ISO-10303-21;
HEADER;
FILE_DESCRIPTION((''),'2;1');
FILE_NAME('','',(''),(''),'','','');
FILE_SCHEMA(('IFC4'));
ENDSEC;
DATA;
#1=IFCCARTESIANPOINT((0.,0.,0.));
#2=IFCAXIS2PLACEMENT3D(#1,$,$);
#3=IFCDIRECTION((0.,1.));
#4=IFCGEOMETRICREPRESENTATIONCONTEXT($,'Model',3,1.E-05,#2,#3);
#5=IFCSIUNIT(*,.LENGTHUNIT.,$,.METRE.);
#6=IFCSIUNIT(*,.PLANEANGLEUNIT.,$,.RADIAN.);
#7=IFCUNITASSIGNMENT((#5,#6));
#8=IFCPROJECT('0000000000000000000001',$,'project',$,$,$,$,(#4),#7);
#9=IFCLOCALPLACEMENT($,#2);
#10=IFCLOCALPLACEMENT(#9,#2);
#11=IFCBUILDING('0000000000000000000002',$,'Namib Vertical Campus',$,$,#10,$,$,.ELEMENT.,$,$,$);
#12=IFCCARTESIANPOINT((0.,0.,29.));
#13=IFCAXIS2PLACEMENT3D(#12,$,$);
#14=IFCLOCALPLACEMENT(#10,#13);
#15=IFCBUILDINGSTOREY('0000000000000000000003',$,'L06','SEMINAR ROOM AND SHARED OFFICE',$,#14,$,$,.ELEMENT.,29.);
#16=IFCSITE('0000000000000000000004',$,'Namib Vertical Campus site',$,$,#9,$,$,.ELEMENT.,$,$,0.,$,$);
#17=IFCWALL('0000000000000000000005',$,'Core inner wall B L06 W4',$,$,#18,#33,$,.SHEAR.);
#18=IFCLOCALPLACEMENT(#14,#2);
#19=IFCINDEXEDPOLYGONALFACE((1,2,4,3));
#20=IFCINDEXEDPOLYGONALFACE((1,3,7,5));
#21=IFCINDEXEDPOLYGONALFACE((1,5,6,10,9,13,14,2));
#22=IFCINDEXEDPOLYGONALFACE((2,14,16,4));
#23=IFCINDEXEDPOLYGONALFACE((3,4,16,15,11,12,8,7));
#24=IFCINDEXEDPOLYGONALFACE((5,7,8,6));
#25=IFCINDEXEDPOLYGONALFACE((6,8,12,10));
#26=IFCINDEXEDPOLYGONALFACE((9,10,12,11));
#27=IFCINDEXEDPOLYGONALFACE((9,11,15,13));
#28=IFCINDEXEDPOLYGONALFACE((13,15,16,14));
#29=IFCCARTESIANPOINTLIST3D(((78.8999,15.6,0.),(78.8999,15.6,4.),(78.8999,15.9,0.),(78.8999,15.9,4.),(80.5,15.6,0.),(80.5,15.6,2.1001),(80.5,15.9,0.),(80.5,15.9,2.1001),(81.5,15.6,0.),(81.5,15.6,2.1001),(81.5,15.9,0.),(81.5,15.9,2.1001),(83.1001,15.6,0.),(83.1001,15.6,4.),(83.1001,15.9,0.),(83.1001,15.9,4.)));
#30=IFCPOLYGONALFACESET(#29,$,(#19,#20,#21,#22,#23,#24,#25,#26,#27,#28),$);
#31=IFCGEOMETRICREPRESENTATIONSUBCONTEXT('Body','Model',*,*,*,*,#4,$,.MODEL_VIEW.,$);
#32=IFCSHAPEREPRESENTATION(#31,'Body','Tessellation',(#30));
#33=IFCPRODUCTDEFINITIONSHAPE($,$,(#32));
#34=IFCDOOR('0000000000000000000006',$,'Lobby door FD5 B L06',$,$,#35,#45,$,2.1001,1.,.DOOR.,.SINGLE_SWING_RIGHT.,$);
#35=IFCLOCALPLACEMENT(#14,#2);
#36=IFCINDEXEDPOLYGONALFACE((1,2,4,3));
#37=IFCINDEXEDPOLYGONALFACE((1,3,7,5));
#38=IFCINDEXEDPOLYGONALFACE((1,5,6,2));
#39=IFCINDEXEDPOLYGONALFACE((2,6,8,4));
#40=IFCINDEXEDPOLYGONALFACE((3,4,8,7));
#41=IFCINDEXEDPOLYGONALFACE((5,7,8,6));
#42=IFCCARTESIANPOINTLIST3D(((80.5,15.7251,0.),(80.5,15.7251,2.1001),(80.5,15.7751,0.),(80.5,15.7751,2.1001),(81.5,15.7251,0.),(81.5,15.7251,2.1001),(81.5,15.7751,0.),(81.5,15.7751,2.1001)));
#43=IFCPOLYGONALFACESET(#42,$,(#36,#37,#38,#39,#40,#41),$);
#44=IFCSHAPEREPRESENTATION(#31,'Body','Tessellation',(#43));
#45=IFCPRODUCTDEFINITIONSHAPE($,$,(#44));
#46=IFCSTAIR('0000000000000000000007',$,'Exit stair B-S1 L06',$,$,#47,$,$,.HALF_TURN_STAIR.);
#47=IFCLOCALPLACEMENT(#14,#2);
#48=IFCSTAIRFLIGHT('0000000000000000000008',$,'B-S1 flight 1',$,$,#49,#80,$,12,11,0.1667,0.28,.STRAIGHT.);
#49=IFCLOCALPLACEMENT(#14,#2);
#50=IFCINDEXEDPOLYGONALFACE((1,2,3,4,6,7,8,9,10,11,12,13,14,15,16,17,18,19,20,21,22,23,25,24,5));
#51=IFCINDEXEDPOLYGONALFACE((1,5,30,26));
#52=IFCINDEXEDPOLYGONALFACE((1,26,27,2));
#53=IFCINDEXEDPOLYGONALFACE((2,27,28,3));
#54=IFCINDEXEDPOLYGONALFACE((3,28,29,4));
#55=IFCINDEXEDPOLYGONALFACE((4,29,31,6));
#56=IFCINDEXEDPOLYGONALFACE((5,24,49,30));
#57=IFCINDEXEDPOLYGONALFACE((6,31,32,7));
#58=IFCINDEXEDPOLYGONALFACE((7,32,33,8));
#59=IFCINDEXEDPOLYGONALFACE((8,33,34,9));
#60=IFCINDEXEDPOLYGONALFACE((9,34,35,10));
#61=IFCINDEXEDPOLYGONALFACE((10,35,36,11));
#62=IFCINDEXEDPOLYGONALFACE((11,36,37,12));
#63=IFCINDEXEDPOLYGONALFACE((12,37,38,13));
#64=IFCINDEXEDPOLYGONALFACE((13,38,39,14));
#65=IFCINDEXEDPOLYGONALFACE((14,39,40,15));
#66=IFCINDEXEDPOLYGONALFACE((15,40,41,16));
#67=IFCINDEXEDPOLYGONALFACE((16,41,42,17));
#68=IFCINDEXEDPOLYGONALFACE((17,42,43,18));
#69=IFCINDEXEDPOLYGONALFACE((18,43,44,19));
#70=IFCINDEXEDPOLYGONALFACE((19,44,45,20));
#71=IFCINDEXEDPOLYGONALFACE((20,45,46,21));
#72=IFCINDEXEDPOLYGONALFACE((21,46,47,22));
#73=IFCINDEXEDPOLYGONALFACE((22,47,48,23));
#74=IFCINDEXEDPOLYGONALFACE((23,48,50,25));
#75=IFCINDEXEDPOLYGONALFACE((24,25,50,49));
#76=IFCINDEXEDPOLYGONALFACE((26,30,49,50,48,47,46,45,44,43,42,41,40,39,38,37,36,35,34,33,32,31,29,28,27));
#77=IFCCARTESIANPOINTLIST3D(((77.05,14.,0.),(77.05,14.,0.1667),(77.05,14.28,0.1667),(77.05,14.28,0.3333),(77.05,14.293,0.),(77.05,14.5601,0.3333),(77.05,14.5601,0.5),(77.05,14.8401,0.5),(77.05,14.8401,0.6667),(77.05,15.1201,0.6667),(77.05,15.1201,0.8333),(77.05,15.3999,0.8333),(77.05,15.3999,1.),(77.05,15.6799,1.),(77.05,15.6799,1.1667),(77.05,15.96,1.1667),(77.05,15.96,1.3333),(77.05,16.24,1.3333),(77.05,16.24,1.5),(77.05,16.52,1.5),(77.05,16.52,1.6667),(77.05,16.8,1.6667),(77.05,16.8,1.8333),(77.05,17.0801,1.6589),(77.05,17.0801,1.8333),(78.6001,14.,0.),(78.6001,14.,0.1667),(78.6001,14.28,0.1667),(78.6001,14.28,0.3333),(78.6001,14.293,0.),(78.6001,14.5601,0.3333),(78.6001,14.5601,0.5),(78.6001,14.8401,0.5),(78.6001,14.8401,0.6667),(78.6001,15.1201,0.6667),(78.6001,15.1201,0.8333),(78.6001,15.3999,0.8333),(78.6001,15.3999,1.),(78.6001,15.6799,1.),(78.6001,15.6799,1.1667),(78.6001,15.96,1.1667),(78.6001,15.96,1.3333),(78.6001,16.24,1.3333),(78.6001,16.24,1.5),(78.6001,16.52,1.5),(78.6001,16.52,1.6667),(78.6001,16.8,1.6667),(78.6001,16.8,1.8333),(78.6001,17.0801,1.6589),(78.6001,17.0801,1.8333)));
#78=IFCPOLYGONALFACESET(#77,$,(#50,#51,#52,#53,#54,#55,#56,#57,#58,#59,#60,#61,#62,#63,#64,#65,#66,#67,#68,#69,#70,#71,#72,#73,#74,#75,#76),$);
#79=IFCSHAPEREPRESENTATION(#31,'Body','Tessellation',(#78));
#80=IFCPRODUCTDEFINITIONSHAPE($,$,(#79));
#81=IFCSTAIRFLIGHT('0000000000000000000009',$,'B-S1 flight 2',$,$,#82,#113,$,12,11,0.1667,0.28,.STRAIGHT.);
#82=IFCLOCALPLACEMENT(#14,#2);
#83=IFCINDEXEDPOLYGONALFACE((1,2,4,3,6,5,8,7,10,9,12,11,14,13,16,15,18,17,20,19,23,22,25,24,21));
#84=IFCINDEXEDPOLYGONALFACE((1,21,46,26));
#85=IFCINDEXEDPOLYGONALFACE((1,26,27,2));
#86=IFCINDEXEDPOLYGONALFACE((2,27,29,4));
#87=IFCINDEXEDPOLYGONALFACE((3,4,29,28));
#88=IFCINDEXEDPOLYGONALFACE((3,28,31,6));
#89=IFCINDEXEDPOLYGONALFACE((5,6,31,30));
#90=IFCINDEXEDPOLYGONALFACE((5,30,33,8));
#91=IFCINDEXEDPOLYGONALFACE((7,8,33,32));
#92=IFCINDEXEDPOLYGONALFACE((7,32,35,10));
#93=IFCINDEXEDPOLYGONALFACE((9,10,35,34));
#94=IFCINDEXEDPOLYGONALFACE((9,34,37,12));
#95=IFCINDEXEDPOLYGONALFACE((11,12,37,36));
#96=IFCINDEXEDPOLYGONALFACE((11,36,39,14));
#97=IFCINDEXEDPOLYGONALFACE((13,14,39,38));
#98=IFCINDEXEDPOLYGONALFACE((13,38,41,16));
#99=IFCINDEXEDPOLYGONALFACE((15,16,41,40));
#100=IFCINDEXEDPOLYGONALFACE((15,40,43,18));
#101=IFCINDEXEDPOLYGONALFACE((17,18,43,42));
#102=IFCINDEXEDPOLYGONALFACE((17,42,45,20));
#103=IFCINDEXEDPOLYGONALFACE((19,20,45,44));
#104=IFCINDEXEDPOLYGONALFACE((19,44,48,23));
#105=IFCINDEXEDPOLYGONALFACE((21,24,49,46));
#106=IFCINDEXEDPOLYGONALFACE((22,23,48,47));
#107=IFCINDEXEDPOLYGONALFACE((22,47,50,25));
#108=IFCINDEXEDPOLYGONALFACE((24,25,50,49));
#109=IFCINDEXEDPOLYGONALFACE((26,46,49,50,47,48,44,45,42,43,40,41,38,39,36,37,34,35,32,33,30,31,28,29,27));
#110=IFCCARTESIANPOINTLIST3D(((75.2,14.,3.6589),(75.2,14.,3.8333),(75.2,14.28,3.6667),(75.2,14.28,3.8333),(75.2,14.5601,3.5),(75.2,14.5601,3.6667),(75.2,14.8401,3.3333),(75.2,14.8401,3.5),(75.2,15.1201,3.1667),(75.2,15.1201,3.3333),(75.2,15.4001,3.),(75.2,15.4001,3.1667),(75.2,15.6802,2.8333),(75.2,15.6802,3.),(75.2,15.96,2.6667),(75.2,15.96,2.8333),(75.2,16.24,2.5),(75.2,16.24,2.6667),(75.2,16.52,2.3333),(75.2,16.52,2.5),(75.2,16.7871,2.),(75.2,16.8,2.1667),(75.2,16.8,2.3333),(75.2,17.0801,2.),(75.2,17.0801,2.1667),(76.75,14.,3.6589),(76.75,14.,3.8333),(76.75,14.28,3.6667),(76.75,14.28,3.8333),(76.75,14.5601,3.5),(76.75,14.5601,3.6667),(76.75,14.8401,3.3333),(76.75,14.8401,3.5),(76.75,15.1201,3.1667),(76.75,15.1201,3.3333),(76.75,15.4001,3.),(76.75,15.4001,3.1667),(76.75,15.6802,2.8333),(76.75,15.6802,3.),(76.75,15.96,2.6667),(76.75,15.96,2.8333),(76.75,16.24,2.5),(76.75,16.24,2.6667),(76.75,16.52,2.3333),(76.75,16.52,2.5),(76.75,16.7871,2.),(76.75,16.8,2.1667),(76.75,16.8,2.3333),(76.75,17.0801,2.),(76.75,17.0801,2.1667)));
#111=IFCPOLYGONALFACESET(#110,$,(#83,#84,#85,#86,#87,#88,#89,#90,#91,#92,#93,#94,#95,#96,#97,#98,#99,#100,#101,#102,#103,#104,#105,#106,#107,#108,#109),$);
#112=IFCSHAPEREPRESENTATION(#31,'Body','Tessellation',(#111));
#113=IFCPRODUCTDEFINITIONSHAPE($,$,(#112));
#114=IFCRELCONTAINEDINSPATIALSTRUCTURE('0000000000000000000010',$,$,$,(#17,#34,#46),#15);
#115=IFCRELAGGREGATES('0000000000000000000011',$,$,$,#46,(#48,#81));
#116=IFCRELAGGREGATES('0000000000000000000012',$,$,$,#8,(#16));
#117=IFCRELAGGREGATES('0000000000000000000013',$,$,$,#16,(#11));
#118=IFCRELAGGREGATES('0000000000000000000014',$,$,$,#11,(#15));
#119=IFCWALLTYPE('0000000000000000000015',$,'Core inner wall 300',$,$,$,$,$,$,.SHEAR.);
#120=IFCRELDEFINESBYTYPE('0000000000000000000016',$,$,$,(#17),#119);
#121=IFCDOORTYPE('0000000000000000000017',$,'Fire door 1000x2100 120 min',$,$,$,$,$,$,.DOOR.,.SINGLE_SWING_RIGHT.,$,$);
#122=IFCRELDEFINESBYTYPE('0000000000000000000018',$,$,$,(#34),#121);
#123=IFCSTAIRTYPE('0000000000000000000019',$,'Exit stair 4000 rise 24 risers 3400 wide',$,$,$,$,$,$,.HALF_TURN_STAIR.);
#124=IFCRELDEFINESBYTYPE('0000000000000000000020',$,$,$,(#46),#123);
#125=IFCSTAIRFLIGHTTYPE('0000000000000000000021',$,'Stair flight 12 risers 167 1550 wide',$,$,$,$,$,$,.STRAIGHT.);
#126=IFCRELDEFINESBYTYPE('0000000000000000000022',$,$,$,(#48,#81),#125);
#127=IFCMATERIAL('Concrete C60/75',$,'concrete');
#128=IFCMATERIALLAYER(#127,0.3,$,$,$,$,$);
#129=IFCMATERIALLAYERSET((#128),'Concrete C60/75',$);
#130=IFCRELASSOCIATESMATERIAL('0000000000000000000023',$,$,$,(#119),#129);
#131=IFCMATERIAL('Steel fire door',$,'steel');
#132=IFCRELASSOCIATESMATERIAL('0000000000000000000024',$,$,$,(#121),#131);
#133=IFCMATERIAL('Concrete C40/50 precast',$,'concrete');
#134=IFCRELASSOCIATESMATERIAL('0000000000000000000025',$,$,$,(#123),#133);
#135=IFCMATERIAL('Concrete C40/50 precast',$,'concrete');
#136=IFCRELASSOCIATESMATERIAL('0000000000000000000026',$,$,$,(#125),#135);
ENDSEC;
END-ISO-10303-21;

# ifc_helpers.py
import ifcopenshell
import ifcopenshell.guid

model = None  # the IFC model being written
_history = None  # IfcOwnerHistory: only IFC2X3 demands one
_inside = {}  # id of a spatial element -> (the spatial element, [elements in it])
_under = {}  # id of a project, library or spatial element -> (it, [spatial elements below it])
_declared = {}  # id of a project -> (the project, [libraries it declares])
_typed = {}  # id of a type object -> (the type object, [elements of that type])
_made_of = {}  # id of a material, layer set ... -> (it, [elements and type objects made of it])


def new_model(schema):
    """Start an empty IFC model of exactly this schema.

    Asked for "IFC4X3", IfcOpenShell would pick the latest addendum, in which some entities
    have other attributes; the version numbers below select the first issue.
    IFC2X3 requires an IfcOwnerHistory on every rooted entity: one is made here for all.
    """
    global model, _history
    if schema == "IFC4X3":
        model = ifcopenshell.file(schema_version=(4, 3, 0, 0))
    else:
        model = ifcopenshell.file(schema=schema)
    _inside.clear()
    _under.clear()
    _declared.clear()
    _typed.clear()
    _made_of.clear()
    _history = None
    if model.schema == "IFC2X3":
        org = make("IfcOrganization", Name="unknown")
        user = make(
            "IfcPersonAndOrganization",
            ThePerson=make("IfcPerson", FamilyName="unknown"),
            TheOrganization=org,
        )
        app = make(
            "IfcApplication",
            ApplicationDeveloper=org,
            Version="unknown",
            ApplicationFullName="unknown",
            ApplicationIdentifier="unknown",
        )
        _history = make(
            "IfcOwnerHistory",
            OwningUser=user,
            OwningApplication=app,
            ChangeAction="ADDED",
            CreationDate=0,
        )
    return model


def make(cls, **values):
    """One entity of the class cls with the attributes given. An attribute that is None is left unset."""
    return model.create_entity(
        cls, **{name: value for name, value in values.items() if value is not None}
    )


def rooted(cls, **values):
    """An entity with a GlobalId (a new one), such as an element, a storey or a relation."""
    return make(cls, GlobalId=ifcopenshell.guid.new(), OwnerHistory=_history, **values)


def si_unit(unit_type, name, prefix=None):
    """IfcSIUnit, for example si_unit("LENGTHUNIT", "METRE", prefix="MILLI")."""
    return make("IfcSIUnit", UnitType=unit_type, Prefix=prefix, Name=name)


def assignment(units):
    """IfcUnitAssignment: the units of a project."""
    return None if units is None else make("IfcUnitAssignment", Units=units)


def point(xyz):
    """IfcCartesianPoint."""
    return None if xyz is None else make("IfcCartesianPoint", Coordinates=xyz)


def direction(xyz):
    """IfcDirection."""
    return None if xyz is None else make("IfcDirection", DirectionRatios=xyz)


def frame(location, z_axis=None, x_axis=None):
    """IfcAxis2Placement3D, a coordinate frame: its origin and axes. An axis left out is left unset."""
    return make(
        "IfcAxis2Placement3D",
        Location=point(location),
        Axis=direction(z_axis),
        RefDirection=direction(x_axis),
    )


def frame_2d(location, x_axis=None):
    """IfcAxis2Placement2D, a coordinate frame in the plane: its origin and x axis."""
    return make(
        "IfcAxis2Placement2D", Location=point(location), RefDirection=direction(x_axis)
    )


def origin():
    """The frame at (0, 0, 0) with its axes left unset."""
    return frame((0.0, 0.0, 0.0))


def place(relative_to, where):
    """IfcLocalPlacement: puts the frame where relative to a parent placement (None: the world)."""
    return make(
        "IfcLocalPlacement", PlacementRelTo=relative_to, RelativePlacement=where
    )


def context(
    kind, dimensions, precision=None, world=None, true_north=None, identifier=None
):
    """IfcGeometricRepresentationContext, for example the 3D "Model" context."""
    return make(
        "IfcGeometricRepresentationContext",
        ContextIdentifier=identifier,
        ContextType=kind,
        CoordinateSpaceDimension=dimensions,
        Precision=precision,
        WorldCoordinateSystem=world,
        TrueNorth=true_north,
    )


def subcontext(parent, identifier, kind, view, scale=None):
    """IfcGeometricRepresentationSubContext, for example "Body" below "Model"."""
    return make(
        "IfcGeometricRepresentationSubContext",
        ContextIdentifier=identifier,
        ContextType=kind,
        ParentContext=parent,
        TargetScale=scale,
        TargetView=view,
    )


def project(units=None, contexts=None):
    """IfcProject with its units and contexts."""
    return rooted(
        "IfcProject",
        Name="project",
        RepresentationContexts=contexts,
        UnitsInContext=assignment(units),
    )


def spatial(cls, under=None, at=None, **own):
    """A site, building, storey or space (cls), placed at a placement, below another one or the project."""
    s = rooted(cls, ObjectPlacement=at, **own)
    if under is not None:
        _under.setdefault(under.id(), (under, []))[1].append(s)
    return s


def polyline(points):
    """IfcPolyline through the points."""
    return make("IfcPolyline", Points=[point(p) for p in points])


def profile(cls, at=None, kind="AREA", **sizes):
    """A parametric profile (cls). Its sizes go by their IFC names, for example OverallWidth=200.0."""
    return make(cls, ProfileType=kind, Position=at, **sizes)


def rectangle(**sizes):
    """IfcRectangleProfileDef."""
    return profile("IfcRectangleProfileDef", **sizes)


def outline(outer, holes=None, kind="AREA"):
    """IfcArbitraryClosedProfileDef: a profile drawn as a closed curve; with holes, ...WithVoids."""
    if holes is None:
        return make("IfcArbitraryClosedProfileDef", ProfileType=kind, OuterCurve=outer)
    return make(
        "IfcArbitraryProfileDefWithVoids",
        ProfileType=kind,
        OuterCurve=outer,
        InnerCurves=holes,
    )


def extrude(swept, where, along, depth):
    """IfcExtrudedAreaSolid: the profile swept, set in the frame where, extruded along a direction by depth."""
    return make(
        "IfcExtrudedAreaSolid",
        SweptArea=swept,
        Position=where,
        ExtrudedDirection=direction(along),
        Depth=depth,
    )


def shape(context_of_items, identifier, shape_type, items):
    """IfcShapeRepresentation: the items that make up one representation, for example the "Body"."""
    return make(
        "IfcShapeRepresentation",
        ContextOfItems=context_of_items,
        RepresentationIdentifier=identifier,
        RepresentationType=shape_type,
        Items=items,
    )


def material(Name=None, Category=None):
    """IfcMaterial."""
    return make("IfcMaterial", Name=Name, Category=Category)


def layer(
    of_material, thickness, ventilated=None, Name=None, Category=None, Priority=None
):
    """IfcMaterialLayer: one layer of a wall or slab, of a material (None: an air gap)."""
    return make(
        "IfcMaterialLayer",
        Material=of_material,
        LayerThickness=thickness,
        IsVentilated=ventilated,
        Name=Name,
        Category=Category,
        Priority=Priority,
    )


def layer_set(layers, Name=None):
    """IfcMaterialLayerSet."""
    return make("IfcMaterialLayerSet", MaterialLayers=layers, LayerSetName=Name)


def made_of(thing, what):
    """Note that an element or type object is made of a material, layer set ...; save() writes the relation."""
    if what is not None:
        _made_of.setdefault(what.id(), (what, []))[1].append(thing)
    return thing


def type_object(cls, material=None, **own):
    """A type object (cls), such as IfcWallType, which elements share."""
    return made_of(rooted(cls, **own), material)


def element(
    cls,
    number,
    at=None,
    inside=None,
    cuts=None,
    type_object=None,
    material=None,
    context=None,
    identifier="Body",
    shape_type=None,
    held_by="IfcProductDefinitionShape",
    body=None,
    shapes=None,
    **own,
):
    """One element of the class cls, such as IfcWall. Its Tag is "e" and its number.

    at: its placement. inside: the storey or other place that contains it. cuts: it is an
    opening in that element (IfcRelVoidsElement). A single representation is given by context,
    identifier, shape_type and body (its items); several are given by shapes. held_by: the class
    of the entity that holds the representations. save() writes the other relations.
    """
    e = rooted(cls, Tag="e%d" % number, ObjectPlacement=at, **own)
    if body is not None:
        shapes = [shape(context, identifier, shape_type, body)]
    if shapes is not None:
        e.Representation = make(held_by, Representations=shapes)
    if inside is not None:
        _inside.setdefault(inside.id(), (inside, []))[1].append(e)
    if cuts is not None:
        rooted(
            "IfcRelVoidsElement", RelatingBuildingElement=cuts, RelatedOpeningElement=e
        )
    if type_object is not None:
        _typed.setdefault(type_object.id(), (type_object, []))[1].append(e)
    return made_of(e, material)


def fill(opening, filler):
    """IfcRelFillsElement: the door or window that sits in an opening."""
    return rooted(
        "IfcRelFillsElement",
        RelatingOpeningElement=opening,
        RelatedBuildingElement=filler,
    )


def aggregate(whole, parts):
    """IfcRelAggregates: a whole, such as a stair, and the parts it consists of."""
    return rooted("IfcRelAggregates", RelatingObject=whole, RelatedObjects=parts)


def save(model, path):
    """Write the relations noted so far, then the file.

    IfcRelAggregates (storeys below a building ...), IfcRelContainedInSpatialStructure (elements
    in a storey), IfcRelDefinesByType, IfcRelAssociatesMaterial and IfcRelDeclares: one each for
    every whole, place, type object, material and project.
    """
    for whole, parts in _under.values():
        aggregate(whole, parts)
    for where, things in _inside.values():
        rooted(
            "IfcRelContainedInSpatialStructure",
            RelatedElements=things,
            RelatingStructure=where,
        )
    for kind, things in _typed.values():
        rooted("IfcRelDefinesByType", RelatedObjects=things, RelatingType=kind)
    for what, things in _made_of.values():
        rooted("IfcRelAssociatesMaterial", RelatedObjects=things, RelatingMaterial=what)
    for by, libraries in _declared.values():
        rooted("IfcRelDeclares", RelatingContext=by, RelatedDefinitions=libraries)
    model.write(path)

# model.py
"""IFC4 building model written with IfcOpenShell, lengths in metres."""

from ifc_helpers import new_model, si_unit, direction, frame, frame_2d, origin, place, context, subcontext, project, spatial, polyline, rectangle, outline, extrude, material, layer, layer_set, type_object, element, fill, aggregate, save


model = new_model("IFC4")

# Units and contexts
model_context = context("Model", 3, precision=1e-05, world=origin(), true_north=direction((0.0, 1.0)))
body_context = subcontext(model_context, "Body", "Model", "MODEL_VIEW")
ifc_project = project(units=[si_unit("LENGTHUNIT", "METRE"), si_unit("PLANEANGLEUNIT", "RADIAN")], contexts=[model_context])

# Site, building, storey
site_placement = place(None, origin())
site = spatial("IfcSite", under=ifc_project, at=site_placement, Name="Namib Vertical Campus site", CompositionType="ELEMENT", RefElevation=0.0)
building_placement = place(site_placement, origin())
building = spatial("IfcBuilding", under=site, at=building_placement, Name="Namib Vertical Campus", CompositionType="ELEMENT")
storey_placement = place(building_placement, frame((0.0, 0.0, 29.0)))
storey = spatial("IfcBuildingStorey", under=building, at=storey_placement, Name="L06", Description="SEMINAR ROOM AND SHARED OFFICE", CompositionType="ELEMENT", Elevation=29.0)

# Shared definitions
ifc_material_1 = material(Name="Concrete C60/75", Category="concrete")
ifc_layer = layer(ifc_material_1, 0.3)
ifc_layer_set = layer_set([ifc_layer], Name="Concrete C60/75")
wall_type = type_object("IfcWallType", Name="Core inner wall 300", PredefinedType="SHEAR", material=ifc_layer_set)

# Wall, opening, door
wall_1_placement = place(storey_placement, frame((78.8999, 15.75, 0.0), z_axis=(0.0, 0.0, 1.0), x_axis=(1.0, 0.0, 0.0)))
wall_1 = element("IfcWall", 1, at=wall_1_placement, inside=storey, type_object=wall_type, Name="Core inner wall B L06 W4", PredefinedType="SHEAR", context=body_context, shape_type="SweptSolid", body=[
    extrude(rectangle(XDim=4.2002, YDim=0.3, at=frame_2d((2.1001, 0.0))), origin(), (0.0, 0.0, 1.0), 4.0),
])
opening_1_placement = place(wall_1_placement, frame((1.6001, 0.0, 0.0)))
opening_1 = element("IfcOpeningElement", 2, at=opening_1_placement, cuts=wall_1, PredefinedType="OPENING", context=body_context, shape_type="SweptSolid", body=[
    extrude(rectangle(XDim=1.0, YDim=2.1001, at=frame_2d((0.5, 1.05))), frame((0.0, 0.1599, 0.0), z_axis=(0.0, -1.0, 0.0), x_axis=(1.0, 0.0, 0.0)), (0.0, 0.0, 1.0), 0.3201),
])
ifc_material_2 = material(Name="Steel fire door", Category="steel")
door_type_1 = type_object("IfcDoorType", Name="Fire door 1000x2100 120 min", OperationType="SINGLE_SWING_RIGHT", PredefinedType="DOOR", material=ifc_material_2)
door_1_placement = place(opening_1_placement, frame((1.0, 0.0, 0.0), z_axis=(0.0, 0.0, 1.0), x_axis=(-1.0, 0.0, 0.0)))
door_1 = element("IfcDoor", 3, at=door_1_placement, inside=storey, type_object=door_type_1, Name="Lobby door FD5 B L06", OperationType="SINGLE_SWING_RIGHT", OverallHeight=2.1001, OverallWidth=1.0, PredefinedType="DOOR", context=body_context, shape_type="SweptSolid", body=[
    extrude(rectangle(XDim=1.0, YDim=2.1001, at=frame_2d((0.5, 1.05))), frame((0.0, 0.0249, 0.0), z_axis=(0.0, -1.0, 0.0), x_axis=(1.0, 0.0, 0.0)), (0.0, 0.0, 1.0), 0.05),
])
fill(opening_1, door_1)

# Stair, stair flights
ifc_material_3 = material(Name="Concrete C40/50 precast", Category="concrete")
stair_type = type_object("IfcStairType", Name="Exit stair 4000 rise 24 risers 3400 wide", PredefinedType="HALF_TURN_STAIR", material=ifc_material_3)
stair_placement = place(storey_placement, origin())
stair = element("IfcStair", 4, at=stair_placement, inside=storey, type_object=stair_type, Name="Exit stair B-S1 L06", PredefinedType="HALF_TURN_STAIR")
ifc_material_4 = material(Name="Concrete C40/50 precast", Category="concrete")
stair_flight_type = type_object("IfcStairFlightType", Name="Stair flight 12 risers 167 1550 wide", PredefinedType="STRAIGHT", material=ifc_material_4)
stair_flight_1_placement = place(storey_placement, frame((77.825, 14.0, 0.0), z_axis=(0.0, 0.0, 1.0), x_axis=(0.0, 1.0, 0.0)))
stair_flight_1 = element("IfcStairFlight", 5, at=stair_flight_1_placement, type_object=stair_flight_type, Name="B-S1 flight 1", NumberOfRisers=12, NumberOfTreads=11, PredefinedType="STRAIGHT", RiserHeight=0.1667, TreadLength=0.28, context=body_context, shape_type="SweptSolid", body=[
    extrude(outline(polyline([(0.0, 0.0), (0.0, 0.1667), (0.28, 0.1667), (0.28, 0.3333), (0.5601, 0.3333), (0.5601, 0.5), (0.8401, 0.5), (0.8401, 0.6667), (1.1201, 0.6667), (1.1201, 0.8333), (1.3999, 0.8333), (1.3999, 1.0), (1.6799, 1.0), (1.6799, 1.1667), (1.96, 1.1667), (1.96, 1.3333), (2.24, 1.3333), (2.24, 1.5), (2.52, 1.5), (2.52, 1.6667), (2.8, 1.6667), (2.8, 1.8333), (3.0801, 1.8333), (3.0801, 2.0), (3.0801, 1.6589), (0.293, 0.0), (0.0, 0.0)])), frame((0.0, 0.7749, 0.0), z_axis=(0.0, -1.0, 0.0), x_axis=(1.0, 0.0, 0.0)), (0.0, 0.0, 1.0), 1.55),
])
stair_flight_2_placement = place(storey_placement, frame((75.9751, 17.0801, 2.0), z_axis=(0.0, 0.0, 1.0), x_axis=(0.0, -1.0, 0.0)))
stair_flight_2 = element("IfcStairFlight", 6, at=stair_flight_2_placement, type_object=stair_flight_type, Name="B-S1 flight 2", NumberOfRisers=12, NumberOfTreads=11, PredefinedType="STRAIGHT", RiserHeight=0.1667, TreadLength=0.28, context=body_context, shape_type="SweptSolid", body=[
    extrude(outline(polyline([(0.0, 0.0), (0.0, 0.1667), (0.28, 0.1667), (0.28, 0.3333), (0.5601, 0.3333), (0.5601, 0.5), (0.8401, 0.5), (0.8401, 0.6667), (1.1201, 0.6667), (1.1201, 0.8333), (1.3999, 0.8333), (1.3999, 1.0), (1.6799, 1.0), (1.6799, 1.1667), (1.96, 1.1667), (1.96, 1.3333), (2.24, 1.3333), (2.24, 1.5), (2.52, 1.5), (2.52, 1.6667), (2.8, 1.6667), (2.8, 1.8333), (3.0801, 1.8333), (3.0801, 2.0), (3.0801, 1.6589), (0.293, 0.0), (0.0, 0.0)])), frame((0.0, 0.7749, 0.0), z_axis=(0.0, -1.0, 0.0), x_axis=(1.0, 0.0, 0.0)), (0.0, 0.0, 1.0), 1.55),
])
aggregate(stair, [stair_flight_1, stair_flight_2])

save(model, "model.ifc")
